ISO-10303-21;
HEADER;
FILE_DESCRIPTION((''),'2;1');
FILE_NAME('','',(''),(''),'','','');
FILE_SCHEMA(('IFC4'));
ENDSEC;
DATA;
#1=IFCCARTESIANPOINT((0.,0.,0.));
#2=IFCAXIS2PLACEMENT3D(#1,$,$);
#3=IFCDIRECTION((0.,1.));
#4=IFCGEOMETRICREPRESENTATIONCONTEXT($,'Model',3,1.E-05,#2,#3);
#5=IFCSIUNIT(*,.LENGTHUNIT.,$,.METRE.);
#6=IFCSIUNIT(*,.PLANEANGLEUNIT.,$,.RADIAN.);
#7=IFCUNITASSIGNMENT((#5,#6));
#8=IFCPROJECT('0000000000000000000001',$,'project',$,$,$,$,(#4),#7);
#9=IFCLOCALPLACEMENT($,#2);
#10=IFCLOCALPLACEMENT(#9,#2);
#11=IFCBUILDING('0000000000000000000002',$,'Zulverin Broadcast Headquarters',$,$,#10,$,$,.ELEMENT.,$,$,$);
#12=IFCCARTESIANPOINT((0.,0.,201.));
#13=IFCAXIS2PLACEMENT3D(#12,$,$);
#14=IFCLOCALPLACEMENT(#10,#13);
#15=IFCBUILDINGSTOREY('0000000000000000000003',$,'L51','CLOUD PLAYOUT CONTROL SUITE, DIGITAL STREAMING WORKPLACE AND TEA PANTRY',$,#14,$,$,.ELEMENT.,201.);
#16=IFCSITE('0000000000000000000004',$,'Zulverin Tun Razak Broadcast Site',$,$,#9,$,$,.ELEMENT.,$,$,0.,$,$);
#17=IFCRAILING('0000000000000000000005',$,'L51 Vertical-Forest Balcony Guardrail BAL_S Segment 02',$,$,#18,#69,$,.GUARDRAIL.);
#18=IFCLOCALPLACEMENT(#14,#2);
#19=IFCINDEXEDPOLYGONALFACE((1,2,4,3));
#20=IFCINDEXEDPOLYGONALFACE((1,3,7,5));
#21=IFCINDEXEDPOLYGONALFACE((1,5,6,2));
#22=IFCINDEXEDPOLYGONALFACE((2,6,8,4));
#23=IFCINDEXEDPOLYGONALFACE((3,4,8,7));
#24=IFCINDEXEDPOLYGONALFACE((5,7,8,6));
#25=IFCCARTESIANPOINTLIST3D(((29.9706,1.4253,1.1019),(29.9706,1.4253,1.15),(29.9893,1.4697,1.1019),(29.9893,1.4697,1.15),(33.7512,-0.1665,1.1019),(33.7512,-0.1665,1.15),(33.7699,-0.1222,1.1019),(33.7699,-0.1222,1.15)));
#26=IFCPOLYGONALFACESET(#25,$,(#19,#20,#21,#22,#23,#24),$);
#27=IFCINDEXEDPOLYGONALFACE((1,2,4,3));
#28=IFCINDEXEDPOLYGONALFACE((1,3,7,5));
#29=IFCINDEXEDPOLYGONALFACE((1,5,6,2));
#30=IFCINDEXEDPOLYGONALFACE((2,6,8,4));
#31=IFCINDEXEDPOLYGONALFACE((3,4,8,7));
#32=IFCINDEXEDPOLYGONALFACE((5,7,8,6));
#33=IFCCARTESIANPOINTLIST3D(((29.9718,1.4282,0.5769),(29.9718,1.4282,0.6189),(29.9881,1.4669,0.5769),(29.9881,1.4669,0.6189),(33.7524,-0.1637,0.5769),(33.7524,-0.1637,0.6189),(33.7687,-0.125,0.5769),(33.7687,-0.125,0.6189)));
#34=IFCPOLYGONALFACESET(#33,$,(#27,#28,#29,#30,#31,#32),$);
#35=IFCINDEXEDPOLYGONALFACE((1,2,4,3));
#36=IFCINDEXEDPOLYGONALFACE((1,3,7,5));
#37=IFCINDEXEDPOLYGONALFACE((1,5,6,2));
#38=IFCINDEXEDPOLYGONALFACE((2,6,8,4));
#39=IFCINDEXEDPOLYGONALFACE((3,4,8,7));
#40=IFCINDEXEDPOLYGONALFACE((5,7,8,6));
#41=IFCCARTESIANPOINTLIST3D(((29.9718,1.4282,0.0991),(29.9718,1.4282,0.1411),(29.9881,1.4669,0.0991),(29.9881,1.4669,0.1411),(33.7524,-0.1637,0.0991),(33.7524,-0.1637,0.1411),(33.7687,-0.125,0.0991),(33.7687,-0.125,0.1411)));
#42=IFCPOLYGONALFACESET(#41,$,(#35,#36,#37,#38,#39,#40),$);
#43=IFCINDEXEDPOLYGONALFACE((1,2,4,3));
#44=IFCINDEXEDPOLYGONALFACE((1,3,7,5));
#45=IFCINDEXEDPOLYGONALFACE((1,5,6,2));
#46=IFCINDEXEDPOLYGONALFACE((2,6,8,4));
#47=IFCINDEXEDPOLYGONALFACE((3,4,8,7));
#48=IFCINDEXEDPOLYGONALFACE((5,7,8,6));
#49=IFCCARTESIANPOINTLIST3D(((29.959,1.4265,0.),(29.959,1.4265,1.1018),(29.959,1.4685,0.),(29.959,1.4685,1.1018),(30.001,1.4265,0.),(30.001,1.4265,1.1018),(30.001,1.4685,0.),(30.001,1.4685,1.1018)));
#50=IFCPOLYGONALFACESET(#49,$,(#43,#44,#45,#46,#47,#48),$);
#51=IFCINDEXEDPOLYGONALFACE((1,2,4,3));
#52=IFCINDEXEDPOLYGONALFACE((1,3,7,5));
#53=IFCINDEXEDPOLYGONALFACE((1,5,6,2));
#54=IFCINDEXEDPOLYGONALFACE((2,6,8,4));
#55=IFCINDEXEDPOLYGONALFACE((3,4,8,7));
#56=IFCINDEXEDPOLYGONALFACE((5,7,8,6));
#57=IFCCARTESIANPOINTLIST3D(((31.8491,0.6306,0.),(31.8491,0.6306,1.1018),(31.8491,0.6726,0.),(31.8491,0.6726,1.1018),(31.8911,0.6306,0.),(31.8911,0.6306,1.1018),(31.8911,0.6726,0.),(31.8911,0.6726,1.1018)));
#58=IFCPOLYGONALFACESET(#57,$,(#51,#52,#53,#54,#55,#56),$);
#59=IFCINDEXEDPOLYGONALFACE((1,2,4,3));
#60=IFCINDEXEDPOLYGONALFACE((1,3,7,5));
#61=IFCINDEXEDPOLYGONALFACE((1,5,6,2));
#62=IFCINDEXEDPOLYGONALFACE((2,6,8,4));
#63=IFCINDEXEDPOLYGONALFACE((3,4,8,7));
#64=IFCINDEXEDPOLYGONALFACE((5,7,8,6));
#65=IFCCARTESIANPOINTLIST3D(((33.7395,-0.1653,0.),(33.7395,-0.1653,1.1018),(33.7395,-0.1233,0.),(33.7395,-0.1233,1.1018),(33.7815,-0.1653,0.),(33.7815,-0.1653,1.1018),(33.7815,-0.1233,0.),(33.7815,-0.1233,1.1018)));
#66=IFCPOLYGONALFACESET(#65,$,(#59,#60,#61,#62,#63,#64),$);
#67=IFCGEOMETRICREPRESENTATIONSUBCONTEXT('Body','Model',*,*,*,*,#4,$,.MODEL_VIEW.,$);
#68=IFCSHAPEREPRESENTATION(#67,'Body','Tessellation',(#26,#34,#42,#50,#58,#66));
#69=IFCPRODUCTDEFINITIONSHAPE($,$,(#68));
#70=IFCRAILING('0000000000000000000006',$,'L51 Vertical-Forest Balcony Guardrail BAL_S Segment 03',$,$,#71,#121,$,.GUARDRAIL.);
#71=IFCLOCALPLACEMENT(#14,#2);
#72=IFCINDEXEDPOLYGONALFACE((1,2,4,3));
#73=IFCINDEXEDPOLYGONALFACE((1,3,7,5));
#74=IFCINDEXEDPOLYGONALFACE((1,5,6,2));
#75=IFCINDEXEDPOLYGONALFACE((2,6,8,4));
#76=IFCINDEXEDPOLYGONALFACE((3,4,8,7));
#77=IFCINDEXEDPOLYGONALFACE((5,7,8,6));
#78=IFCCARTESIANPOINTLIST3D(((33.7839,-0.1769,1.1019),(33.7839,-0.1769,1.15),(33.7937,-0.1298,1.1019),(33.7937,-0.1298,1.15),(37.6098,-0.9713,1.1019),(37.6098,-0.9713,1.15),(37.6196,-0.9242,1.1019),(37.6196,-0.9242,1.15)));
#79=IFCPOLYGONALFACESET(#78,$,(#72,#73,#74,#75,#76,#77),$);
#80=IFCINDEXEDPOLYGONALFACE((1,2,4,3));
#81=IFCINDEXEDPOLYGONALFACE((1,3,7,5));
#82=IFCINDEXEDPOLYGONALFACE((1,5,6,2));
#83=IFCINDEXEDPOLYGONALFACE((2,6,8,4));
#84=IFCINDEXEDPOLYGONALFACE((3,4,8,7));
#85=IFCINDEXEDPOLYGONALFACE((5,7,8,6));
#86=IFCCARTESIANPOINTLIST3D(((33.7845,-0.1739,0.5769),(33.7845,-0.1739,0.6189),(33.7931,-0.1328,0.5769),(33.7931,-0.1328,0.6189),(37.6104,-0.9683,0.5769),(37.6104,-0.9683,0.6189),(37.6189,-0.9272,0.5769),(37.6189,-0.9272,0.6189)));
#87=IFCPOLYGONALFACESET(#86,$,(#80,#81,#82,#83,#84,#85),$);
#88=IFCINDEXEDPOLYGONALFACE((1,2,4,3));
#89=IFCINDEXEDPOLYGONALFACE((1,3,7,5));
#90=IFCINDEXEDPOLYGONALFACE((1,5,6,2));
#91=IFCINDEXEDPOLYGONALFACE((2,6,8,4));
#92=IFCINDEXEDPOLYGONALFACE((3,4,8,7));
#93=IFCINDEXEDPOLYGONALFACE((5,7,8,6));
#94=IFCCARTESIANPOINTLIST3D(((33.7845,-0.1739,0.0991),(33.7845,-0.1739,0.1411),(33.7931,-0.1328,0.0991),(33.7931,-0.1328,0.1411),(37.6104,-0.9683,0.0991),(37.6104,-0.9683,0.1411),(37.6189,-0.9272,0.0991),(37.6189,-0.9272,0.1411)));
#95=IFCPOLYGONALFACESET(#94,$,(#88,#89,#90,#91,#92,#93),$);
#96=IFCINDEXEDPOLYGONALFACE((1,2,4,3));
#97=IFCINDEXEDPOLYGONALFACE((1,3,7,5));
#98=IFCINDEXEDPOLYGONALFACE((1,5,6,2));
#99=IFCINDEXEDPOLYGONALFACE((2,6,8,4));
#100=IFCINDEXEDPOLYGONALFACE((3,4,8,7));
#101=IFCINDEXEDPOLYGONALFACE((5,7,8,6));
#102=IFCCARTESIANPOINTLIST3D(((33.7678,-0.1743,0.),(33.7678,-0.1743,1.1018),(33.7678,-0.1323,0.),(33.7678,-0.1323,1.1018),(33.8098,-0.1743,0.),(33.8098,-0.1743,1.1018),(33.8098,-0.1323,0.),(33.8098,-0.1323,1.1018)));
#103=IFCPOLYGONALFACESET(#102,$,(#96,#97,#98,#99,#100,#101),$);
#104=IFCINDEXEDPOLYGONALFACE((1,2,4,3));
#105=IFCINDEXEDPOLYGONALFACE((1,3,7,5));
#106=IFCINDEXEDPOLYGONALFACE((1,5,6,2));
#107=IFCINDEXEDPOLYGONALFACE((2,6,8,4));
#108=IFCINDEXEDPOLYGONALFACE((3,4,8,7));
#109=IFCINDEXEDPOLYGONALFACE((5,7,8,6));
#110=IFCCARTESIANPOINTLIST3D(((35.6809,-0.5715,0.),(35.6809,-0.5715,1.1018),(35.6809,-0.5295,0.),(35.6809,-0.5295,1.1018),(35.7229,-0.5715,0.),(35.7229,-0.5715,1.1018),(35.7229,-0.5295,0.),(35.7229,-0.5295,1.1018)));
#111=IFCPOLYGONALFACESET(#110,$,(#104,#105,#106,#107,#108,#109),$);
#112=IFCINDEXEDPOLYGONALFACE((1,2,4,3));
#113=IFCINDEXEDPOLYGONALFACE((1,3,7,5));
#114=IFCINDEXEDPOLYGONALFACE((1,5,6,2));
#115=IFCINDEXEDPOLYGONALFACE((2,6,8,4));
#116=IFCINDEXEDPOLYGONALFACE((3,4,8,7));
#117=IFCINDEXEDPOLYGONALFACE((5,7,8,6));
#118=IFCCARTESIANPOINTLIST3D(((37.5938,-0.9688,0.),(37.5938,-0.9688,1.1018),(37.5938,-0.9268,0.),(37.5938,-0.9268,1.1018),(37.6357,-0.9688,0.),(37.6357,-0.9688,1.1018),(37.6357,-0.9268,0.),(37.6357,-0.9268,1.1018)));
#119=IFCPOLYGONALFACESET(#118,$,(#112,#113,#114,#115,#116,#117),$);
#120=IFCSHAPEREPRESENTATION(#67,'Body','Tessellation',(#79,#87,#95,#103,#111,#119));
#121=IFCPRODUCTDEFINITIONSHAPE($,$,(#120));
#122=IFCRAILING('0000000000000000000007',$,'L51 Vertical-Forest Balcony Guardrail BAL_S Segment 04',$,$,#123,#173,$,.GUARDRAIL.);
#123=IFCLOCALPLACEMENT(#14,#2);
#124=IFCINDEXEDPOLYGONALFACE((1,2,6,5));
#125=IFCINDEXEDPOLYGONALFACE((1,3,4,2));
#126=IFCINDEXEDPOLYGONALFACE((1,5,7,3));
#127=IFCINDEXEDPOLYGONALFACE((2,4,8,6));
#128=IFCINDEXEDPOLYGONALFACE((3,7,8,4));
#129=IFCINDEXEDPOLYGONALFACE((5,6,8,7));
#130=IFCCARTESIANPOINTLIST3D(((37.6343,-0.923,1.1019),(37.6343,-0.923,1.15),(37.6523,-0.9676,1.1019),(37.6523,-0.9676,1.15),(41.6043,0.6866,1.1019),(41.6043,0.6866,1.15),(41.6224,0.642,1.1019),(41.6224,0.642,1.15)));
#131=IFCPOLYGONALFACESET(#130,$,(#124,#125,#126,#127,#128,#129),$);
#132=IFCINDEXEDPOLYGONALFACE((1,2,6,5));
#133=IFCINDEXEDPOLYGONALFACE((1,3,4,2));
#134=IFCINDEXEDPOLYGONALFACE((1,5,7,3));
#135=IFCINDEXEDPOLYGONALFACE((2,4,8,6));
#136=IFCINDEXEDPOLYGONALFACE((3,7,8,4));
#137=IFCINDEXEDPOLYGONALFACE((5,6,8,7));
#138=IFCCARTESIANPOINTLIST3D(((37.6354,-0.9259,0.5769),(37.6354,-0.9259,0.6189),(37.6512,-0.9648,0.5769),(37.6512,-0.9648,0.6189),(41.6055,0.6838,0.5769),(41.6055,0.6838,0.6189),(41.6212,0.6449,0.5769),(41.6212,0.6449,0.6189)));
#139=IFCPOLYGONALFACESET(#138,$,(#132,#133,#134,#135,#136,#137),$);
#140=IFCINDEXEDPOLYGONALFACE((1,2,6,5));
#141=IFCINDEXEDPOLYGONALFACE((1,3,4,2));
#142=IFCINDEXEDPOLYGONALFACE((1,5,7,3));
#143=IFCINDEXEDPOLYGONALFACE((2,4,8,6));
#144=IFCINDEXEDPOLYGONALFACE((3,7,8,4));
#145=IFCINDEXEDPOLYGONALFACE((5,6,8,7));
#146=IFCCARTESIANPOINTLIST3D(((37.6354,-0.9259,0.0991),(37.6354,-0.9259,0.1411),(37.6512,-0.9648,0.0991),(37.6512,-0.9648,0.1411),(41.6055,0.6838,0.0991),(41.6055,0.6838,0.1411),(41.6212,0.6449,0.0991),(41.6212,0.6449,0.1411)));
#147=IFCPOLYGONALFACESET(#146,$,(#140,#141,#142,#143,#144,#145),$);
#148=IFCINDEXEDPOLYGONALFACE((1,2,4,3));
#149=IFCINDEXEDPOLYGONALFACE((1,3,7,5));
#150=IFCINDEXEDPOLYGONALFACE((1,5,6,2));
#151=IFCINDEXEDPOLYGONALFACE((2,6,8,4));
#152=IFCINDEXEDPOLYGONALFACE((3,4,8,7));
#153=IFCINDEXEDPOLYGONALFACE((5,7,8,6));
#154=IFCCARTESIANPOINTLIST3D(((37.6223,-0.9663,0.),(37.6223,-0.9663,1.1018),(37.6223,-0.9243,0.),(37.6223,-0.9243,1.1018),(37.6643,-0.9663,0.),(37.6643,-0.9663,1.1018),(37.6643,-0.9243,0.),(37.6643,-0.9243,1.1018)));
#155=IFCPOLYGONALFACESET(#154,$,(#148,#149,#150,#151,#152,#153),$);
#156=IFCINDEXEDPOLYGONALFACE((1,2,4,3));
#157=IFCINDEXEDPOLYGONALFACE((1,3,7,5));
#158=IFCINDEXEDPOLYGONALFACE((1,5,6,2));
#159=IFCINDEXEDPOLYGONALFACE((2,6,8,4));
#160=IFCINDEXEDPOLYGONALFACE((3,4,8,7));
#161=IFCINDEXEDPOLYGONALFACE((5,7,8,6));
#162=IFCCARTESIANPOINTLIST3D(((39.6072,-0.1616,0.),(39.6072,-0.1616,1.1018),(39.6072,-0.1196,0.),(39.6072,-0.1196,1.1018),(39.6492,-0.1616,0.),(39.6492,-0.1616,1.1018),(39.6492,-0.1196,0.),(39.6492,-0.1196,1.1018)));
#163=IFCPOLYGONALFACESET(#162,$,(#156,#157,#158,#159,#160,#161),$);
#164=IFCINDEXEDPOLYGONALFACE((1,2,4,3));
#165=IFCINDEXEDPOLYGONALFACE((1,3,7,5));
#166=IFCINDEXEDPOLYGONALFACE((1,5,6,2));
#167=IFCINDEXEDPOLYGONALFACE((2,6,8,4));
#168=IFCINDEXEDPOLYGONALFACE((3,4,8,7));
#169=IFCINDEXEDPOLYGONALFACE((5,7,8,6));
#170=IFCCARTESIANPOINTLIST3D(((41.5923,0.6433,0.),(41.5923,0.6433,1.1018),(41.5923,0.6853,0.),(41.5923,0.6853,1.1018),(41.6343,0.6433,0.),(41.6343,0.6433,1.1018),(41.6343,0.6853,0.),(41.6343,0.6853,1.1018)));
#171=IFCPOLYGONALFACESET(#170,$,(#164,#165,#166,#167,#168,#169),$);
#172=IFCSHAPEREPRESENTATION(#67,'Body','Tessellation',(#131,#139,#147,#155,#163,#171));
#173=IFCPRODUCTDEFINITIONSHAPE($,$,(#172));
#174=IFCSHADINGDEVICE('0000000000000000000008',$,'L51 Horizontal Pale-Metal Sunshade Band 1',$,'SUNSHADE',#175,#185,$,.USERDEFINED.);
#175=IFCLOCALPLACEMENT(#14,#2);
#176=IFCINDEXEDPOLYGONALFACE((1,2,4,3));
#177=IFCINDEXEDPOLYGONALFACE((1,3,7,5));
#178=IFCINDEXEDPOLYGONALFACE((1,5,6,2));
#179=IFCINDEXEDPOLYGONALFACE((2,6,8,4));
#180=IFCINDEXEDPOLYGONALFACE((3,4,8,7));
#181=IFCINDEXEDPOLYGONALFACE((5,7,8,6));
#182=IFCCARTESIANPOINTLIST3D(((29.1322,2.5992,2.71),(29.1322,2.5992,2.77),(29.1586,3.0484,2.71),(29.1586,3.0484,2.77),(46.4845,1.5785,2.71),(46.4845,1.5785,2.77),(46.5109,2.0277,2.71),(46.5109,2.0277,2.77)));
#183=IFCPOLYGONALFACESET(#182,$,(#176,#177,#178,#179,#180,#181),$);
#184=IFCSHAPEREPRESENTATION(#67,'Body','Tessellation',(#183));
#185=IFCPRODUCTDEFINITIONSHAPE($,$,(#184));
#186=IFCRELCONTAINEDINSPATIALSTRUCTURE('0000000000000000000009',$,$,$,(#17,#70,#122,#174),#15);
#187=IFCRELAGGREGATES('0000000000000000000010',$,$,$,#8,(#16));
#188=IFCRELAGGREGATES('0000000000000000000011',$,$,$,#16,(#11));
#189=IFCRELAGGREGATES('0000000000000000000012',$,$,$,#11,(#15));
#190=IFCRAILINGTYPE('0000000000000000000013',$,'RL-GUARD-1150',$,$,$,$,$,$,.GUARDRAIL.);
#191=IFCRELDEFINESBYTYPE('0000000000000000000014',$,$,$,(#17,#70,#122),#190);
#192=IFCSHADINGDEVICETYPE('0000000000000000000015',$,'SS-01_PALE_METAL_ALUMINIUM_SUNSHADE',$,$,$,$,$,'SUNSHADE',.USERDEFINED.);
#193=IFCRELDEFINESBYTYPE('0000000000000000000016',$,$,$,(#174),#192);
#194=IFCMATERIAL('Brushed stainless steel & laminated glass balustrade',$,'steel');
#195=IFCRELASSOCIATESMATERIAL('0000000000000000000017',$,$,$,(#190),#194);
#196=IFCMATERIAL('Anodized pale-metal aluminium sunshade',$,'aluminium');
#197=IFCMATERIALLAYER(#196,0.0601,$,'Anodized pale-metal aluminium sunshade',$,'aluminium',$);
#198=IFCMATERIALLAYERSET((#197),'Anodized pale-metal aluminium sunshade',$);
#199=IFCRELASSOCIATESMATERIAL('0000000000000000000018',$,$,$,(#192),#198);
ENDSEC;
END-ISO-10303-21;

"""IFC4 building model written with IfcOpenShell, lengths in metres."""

from ifc_helpers import new_model, si_unit, direction, frame, origin, origin_2d, place, context, subcontext, project, spatial, rectangle, extrude, material, layer, layer_set, type_object, element, save


model = new_model("IFC4")

# Units and contexts
model_context = context("Model", 3, precision=1e-05, world=origin(), true_north=direction((0.0, 1.0)))
body_context = subcontext(model_context, "Body", "Model", "MODEL_VIEW")
ifc_project = project(units=[si_unit("LENGTHUNIT", "METRE"), si_unit("PLANEANGLEUNIT", "RADIAN")], contexts=[model_context])

# Site, building, storey
site_placement = place(None, origin())
site = spatial("IfcSite", under=ifc_project, at=site_placement, Name="Zulverin Tun Razak Broadcast Site", CompositionType="ELEMENT", RefElevation=0.0)
building_placement = place(site_placement, origin())
building = spatial("IfcBuilding", under=site, at=building_placement, Name="Zulverin Broadcast Headquarters", CompositionType="ELEMENT")
storey_placement = place(building_placement, frame((0.0, 0.0, 201.0)))
storey = spatial("IfcBuildingStorey", under=building, at=storey_placement, Name="L51", Description="CLOUD PLAYOUT CONTROL SUITE, DIGITAL STREAMING WORKPLACE AND TEA PANTRY", CompositionType="ELEMENT", Elevation=201.0)

# Railings
ifc_material_1 = material(Name="Brushed stainless steel & laminated glass balustrade", Category="steel")
railing_type = type_object("IfcRailingType", Name="RL-GUARD-1150", PredefinedType="GUARDRAIL", material=ifc_material_1)
railing_1_placement = place(storey_placement, frame((29.98, 1.4475, 0.0)))
element("IfcRailing", 1, at=railing_1_placement, inside=storey, type_object=railing_type, Name="L51 Vertical-Forest Balcony Guardrail BAL_S Segment 02", PredefinedType="GUARDRAIL", context=body_context, shape_type="SweptSolid", body=[
    extrude(rectangle(XDim=0.0481, YDim=0.0481, at=origin_2d()), frame((0.0, 0.0, 1.126), z_axis=(0.921635, -0.388057, 0.0), x_axis=(0.388057, 0.921635, 0.0)), (0.0, 0.0, 1.0), 4.1021),
    extrude(rectangle(XDim=0.042, YDim=0.042, at=origin_2d()), frame((0.0, 0.0, 0.5979), z_axis=(0.921635, -0.388057, 0.0), x_axis=(0.388057, 0.921635, 0.0)), (0.0, 0.0, 1.0), 4.1021),
    extrude(rectangle(XDim=0.042, YDim=0.042, at=origin_2d()), frame((0.0, 0.0, 0.1201), z_axis=(0.921635, -0.388057, 0.0), x_axis=(0.388057, 0.921635, 0.0)), (0.0, 0.0, 1.0), 4.1021),
    extrude(rectangle(XDim=0.042, YDim=0.042, at=origin_2d()), origin(), (0.0, 0.0, 1.0), 1.1018),
    extrude(rectangle(XDim=0.042, YDim=0.042, at=origin_2d()), frame((1.8901, -0.7959, 0.0)), (0.0, 0.0, 1.0), 1.1018),
    extrude(rectangle(XDim=0.042, YDim=0.042, at=origin_2d()), frame((3.7805, -1.5918, 0.0)), (0.0, 0.0, 1.0), 1.1018),
])
railing_2_placement = place(storey_placement, frame((33.7888, -0.1533, 0.0)))
element("IfcRailing", 2, at=railing_2_placement, inside=storey, type_object=railing_type, Name="L51 Vertical-Forest Balcony Guardrail BAL_S Segment 03", PredefinedType="GUARDRAIL", context=body_context, shape_type="SweptSolid", body=[
    extrude(rectangle(XDim=0.0481, YDim=0.0481, at=origin_2d()), frame((0.0, 0.0, 1.126), z_axis=(0.979115, -0.203308, 0.0), x_axis=(0.203308, 0.979115, 0.0)), (0.0, 0.0, 1.0), 3.9075),
    extrude(rectangle(XDim=0.042, YDim=0.042, at=origin_2d()), frame((0.0, 0.0, 0.5979), z_axis=(0.979115, -0.203308, 0.0), x_axis=(0.203308, 0.979115, 0.0)), (0.0, 0.0, 1.0), 3.9075),
    extrude(rectangle(XDim=0.042, YDim=0.042, at=origin_2d()), frame((0.0, 0.0, 0.1201), z_axis=(0.979115, -0.203308, 0.0), x_axis=(0.203308, 0.979115, 0.0)), (0.0, 0.0, 1.0), 3.9075),
    extrude(rectangle(XDim=0.042, YDim=0.042, at=origin_2d()), origin(), (0.0, 0.0, 1.0), 1.1018),
    extrude(rectangle(XDim=0.042, YDim=0.042, at=origin_2d()), frame((1.9131, -0.3972, 0.0)), (0.0, 0.0, 1.0), 1.1018),
    extrude(rectangle(XDim=0.042, YDim=0.042, at=origin_2d()), frame((3.8259, -0.7944, 0.0)), (0.0, 0.0, 1.0), 1.1018),
])
railing_3_placement = place(storey_placement, frame((37.6433, -0.9453, 0.0)))
element("IfcRailing", 3, at=railing_3_placement, inside=storey, type_object=railing_type, Name="L51 Vertical-Forest Balcony Guardrail BAL_S Segment 04", PredefinedType="GUARDRAIL", context=body_context, shape_type="SweptSolid", body=[
    extrude(rectangle(XDim=0.0481, YDim=0.0481, at=origin_2d()), frame((0.0, 0.0, 1.126), z_axis=(0.926725, 0.37574, 0.0), x_axis=(-0.37574, 0.926725, 0.0)), (0.0, 0.0, 1.0), 4.2839),
    extrude(rectangle(XDim=0.042, YDim=0.042, at=origin_2d()), frame((0.0, 0.0, 0.5979), z_axis=(0.926725, 0.37574, 0.0), x_axis=(-0.37574, 0.926725, 0.0)), (0.0, 0.0, 1.0), 4.2839),
    extrude(rectangle(XDim=0.042, YDim=0.042, at=origin_2d()), frame((0.0, 0.0, 0.1201), z_axis=(0.926725, 0.37574, 0.0), x_axis=(-0.37574, 0.926725, 0.0)), (0.0, 0.0, 1.0), 4.2839),
    extrude(rectangle(XDim=0.042, YDim=0.042, at=origin_2d()), origin(), (0.0, 0.0, 1.0), 1.1018),
    extrude(rectangle(XDim=0.042, YDim=0.042, at=origin_2d()), frame((1.9849, 0.8047, 0.0)), (0.0, 0.0, 1.0), 1.1018),
    extrude(rectangle(XDim=0.042, YDim=0.042, at=origin_2d()), frame((3.97, 1.6096, 0.0)), (0.0, 0.0, 1.0), 1.1018),
])

# Shading device
ifc_material_2 = material(Name="Anodized pale-metal aluminium sunshade", Category="aluminium")
ifc_layer_1 = layer(ifc_material_2, 0.0601, Name="Anodized pale-metal aluminium sunshade", Category="aluminium")
ifc_layer_set_1 = layer_set([ifc_layer_1], Name="Anodized pale-metal aluminium sunshade")
shading_device_type = type_object("IfcShadingDeviceType", Name="SS-01_PALE_METAL_ALUMINIUM_SUNSHADE", ElementType="SUNSHADE", PredefinedType="USERDEFINED", material=ifc_layer_set_1)
shading_device_placement = place(storey_placement, frame((37.8215, 2.3135, 2.71), z_axis=(0.0, 0.0, 1.0), x_axis=(0.998274, -0.058721, 0.0)))
element("IfcShadingDevice", 4, at=shading_device_placement, inside=storey, type_object=shading_device_type, Name="L51 Horizontal Pale-Metal Sunshade Band 1", ObjectType="SUNSHADE", PredefinedType="USERDEFINED", context=body_context, shape_type="SweptSolid", body=[
    extrude(rectangle(XDim=17.3823, YDim=0.45, at=origin_2d()), origin(), (0.0, 0.0, 1.0), 0.0601),
])

save(model, "model.ifc")
